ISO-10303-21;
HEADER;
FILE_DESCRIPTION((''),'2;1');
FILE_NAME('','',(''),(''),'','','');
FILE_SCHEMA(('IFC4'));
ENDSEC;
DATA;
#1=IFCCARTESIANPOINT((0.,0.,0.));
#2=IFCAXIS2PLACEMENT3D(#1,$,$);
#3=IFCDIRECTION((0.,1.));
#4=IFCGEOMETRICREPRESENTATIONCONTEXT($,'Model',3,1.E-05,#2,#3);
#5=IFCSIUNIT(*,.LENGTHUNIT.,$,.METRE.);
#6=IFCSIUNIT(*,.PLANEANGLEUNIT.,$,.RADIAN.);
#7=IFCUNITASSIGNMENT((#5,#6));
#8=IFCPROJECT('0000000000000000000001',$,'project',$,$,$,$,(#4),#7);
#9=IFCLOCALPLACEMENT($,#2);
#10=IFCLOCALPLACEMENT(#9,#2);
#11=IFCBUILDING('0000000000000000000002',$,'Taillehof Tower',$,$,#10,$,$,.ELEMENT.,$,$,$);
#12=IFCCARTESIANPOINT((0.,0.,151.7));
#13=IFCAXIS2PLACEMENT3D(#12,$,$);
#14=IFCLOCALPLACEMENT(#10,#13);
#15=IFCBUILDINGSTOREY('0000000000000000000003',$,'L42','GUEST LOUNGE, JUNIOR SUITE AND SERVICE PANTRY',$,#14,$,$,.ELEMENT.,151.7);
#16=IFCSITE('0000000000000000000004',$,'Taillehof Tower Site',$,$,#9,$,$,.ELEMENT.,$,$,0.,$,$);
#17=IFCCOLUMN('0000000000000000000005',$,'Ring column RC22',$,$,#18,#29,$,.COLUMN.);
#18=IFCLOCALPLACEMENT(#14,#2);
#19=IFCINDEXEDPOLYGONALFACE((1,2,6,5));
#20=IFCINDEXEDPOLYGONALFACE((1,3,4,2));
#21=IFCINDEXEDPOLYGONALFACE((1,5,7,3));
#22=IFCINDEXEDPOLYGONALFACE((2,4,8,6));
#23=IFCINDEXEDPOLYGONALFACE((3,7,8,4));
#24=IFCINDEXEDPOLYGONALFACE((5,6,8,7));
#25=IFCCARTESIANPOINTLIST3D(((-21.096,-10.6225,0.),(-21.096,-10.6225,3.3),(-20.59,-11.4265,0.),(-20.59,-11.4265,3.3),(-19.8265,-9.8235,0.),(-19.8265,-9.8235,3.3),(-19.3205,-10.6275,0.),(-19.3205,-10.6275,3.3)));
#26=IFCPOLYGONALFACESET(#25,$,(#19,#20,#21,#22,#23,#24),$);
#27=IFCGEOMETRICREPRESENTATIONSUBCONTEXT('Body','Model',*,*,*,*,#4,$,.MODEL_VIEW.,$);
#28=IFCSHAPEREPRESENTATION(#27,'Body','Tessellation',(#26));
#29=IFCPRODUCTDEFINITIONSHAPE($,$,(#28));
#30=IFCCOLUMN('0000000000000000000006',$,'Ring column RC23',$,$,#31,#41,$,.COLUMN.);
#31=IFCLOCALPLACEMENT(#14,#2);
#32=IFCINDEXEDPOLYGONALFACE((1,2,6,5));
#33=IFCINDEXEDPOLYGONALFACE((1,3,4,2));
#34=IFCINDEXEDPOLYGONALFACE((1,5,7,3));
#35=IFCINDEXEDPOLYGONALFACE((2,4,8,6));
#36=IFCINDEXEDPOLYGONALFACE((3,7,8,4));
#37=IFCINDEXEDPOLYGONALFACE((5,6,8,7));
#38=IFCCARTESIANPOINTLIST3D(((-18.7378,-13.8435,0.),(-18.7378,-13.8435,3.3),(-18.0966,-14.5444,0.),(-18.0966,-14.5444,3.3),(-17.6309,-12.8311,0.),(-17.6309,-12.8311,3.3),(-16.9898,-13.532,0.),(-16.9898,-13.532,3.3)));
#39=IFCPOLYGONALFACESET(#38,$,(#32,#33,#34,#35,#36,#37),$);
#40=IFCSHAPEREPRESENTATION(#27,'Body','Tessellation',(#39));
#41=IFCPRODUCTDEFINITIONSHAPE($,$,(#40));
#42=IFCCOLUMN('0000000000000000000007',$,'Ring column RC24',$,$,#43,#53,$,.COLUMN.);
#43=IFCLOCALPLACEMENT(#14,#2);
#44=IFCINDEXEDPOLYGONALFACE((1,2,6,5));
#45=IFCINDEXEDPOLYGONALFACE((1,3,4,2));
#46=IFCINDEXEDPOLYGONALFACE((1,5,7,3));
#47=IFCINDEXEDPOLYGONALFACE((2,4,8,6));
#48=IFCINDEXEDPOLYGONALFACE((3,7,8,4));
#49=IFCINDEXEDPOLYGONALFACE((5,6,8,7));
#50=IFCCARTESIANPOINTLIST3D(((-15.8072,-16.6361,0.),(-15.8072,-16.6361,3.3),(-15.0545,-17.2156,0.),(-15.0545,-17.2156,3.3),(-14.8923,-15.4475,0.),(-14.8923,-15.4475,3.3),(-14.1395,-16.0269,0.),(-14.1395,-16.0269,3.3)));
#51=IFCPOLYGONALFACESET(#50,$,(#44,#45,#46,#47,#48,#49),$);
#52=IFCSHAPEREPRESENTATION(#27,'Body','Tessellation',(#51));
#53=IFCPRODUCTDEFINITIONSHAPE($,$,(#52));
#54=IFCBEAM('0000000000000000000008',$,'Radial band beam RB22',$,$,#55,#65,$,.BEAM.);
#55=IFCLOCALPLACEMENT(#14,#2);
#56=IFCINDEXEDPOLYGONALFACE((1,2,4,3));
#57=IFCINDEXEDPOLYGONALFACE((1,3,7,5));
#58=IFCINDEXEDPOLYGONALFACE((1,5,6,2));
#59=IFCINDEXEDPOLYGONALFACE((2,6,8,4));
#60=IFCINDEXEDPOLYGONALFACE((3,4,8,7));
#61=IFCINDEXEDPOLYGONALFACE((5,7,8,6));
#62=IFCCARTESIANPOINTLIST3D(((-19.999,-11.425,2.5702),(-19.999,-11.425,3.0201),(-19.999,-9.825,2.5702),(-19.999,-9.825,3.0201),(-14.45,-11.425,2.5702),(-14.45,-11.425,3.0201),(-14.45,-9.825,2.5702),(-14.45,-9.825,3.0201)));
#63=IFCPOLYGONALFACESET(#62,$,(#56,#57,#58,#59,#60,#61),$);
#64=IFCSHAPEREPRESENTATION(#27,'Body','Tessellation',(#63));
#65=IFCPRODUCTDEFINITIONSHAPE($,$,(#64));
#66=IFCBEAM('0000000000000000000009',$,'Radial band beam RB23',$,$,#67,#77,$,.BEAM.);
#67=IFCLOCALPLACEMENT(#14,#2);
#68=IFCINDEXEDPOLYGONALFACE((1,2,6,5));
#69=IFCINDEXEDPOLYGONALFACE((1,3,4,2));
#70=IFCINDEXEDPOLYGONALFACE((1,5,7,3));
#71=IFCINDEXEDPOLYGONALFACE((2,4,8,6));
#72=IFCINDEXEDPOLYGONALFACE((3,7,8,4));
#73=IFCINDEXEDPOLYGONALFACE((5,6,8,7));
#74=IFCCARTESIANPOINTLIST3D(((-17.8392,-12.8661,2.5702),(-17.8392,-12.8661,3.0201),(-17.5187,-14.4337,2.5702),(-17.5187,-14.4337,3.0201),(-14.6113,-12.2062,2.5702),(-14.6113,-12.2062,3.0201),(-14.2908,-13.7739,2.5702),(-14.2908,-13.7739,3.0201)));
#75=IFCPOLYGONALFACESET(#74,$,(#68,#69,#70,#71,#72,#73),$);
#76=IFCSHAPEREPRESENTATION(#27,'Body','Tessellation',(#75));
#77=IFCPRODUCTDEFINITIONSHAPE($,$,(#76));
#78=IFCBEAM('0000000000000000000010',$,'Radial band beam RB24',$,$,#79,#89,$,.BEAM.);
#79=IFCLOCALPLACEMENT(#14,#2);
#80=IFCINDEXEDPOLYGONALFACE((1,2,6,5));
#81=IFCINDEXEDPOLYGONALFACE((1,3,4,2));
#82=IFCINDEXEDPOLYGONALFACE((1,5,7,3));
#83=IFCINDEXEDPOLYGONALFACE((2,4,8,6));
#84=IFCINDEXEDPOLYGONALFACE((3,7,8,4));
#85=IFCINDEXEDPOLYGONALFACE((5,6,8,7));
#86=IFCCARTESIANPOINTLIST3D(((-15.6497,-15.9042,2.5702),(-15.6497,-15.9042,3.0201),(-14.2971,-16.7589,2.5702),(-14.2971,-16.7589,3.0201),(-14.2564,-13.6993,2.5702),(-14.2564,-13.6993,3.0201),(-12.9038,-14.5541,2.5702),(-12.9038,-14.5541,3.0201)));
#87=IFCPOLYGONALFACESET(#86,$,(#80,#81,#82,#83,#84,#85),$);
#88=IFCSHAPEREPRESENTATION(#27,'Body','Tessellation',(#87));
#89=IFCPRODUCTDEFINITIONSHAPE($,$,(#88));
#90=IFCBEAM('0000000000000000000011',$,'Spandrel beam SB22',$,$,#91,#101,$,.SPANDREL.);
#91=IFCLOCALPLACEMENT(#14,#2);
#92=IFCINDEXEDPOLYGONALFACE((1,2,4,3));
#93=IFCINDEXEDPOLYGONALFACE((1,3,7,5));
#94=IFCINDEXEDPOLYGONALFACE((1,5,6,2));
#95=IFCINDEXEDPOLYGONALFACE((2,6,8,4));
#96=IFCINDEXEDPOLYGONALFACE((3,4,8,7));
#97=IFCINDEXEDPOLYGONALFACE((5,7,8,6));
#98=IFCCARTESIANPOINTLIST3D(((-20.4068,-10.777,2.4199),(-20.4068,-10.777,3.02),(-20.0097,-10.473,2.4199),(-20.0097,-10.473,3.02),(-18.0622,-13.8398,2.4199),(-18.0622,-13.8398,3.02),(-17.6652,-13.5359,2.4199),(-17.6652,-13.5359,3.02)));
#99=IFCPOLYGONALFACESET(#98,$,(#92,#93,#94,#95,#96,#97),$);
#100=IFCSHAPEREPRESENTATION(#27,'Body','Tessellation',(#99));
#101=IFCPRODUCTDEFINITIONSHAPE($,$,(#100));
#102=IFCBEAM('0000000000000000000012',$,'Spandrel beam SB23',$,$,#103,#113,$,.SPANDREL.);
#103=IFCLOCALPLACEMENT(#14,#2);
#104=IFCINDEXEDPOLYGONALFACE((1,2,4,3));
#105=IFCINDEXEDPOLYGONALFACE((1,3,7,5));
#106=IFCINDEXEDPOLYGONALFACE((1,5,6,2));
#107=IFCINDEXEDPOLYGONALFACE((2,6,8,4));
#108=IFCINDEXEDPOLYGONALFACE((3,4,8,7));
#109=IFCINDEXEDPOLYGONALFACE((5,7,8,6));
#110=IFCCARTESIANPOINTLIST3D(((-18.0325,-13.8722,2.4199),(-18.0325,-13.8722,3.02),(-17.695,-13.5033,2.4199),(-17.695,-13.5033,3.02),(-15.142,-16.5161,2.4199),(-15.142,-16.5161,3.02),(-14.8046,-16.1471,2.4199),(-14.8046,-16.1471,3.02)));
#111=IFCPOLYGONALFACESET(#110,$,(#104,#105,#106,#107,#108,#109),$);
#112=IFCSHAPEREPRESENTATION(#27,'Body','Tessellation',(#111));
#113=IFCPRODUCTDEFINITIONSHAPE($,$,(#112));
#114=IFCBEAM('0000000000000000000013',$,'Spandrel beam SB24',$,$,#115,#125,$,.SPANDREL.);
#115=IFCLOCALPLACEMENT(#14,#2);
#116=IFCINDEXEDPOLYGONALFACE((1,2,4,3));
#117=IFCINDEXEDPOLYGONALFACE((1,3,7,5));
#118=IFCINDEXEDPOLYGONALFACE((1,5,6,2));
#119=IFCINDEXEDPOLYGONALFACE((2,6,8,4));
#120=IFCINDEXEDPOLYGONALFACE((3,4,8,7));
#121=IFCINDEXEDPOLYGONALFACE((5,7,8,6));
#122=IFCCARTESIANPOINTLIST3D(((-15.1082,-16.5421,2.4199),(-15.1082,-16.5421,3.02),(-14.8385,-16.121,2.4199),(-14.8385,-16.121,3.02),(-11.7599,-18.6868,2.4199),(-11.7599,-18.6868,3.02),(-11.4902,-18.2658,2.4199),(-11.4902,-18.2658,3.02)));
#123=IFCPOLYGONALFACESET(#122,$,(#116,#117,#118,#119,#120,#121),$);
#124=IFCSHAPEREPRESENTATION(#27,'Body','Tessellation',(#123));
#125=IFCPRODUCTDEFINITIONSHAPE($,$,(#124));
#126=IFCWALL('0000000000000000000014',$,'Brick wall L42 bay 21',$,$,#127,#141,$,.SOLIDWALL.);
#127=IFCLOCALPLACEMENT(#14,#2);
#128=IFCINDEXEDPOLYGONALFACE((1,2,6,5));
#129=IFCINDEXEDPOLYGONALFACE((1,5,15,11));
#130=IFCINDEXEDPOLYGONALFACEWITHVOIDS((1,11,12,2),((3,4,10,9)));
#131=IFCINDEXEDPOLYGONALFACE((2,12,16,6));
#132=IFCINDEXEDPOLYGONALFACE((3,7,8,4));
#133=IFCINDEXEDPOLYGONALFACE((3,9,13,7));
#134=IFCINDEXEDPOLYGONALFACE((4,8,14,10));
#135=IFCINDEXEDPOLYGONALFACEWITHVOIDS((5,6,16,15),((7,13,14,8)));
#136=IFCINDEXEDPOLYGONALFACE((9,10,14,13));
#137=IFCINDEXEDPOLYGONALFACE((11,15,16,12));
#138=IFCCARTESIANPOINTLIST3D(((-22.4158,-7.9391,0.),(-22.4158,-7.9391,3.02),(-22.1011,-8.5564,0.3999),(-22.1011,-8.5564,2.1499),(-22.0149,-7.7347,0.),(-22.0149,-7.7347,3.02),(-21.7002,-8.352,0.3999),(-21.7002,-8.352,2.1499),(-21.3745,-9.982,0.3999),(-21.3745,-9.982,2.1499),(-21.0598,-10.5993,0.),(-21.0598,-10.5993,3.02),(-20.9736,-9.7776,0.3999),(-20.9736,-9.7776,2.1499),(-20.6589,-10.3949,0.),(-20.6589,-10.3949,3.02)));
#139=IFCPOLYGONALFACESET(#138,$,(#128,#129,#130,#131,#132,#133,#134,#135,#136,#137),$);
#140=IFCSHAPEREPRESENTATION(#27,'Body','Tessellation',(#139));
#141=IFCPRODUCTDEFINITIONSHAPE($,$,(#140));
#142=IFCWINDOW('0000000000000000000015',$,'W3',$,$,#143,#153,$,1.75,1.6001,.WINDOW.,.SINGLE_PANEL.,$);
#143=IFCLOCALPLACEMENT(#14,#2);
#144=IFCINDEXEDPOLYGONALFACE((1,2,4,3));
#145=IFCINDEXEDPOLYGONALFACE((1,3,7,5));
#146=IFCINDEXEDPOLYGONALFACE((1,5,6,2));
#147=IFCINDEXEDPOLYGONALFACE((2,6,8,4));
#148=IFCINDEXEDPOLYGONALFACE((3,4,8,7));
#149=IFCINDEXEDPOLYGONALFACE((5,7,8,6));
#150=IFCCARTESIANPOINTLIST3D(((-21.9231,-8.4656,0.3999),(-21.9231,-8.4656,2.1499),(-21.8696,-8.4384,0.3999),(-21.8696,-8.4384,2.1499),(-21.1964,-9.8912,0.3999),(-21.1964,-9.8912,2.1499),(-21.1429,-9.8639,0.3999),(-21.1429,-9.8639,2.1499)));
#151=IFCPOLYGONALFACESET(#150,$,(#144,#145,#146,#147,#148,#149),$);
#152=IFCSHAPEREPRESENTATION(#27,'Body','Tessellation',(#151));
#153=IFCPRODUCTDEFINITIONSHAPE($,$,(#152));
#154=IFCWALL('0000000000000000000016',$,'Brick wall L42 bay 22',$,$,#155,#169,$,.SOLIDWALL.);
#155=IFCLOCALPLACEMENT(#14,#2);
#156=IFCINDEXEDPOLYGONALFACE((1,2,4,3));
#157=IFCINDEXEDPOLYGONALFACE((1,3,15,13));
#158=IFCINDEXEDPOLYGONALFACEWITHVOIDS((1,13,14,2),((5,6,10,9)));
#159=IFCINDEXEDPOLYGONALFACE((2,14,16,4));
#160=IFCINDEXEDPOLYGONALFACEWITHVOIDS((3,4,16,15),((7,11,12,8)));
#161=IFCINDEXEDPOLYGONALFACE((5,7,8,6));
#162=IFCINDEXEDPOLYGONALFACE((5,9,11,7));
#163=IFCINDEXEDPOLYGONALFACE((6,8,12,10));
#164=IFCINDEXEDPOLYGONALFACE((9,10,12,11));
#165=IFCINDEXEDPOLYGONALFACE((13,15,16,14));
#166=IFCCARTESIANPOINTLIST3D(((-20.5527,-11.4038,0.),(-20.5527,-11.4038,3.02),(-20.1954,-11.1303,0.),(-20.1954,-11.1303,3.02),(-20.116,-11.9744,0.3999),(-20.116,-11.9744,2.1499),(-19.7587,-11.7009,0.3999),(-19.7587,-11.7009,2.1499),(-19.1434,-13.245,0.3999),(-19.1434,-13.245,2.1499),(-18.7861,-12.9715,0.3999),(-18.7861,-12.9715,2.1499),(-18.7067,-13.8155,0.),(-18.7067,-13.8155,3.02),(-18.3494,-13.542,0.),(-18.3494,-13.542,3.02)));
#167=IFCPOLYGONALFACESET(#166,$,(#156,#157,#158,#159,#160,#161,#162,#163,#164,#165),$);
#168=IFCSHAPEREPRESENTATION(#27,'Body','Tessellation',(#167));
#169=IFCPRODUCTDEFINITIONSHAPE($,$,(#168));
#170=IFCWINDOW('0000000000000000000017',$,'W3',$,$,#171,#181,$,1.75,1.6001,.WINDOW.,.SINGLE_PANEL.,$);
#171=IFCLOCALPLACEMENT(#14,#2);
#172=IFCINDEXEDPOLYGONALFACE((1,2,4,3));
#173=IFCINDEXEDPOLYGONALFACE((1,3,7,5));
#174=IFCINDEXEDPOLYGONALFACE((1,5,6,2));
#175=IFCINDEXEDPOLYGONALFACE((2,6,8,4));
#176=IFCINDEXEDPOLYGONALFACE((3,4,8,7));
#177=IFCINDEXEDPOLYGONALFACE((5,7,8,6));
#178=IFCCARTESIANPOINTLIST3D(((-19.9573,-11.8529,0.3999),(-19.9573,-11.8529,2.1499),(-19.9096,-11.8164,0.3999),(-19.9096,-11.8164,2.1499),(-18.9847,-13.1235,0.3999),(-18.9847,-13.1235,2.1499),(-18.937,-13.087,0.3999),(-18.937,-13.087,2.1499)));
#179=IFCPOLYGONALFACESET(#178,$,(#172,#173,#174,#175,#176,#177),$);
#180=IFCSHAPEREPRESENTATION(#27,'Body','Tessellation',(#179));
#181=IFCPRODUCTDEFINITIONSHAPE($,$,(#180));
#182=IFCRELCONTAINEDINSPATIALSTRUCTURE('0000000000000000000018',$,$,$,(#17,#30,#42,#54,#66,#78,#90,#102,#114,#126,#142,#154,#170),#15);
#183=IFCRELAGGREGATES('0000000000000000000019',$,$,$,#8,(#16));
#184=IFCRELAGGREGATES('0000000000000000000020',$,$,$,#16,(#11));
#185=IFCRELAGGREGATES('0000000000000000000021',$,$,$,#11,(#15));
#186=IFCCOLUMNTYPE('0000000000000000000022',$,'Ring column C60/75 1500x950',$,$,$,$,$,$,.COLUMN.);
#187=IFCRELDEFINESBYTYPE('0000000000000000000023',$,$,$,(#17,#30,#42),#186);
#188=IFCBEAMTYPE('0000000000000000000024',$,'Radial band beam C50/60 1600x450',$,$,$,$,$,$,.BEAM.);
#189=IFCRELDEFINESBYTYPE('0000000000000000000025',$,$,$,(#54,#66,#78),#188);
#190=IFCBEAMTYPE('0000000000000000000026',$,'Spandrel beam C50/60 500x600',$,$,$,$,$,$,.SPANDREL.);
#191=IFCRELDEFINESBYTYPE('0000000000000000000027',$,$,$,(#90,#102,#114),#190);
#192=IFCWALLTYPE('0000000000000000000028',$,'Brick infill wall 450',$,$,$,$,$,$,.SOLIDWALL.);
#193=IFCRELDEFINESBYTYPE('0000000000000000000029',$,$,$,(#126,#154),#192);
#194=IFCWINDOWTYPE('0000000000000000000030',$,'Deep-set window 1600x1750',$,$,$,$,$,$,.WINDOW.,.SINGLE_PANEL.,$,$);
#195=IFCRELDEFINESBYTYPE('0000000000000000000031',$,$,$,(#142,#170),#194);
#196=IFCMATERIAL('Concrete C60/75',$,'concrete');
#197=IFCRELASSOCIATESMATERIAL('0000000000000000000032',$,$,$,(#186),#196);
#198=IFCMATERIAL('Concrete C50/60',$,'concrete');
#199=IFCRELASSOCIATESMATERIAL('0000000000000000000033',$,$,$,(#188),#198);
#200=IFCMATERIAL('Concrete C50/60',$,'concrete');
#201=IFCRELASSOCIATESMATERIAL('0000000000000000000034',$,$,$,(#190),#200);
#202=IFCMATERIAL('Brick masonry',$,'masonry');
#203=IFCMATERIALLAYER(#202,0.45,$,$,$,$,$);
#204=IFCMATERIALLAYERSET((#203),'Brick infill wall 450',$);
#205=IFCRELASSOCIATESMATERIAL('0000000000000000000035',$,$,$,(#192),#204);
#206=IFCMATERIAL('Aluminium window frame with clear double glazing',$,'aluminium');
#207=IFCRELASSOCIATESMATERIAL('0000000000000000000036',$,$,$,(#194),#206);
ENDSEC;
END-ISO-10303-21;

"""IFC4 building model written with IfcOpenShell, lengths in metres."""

from ifc_helpers import new_model, si_unit, direction, frame, frame_2d, origin, origin_2d, place, context, subcontext, project, spatial, rectangle, extrude, material, layer, layer_set, material_profile, profile_set, type_object, element, fill, save


model = new_model("IFC4")

# Units and contexts
model_context = context("Model", 3, precision=1e-05, world=origin(), true_north=direction((0.0, 1.0)))
body_context = subcontext(model_context, "Body", "Model", "MODEL_VIEW")
ifc_project = project(units=[si_unit("LENGTHUNIT", "METRE"), si_unit("PLANEANGLEUNIT", "RADIAN")], contexts=[model_context])

# Site, building, storey
site_placement = place(None, origin())
site = spatial("IfcSite", under=ifc_project, at=site_placement, Name="Taillehof Tower Site", CompositionType="ELEMENT", RefElevation=0.0)
building_placement = place(site_placement, origin())
building = spatial("IfcBuilding", under=site, at=building_placement, Name="Taillehof Tower", CompositionType="ELEMENT")
storey_placement = place(building_placement, frame((0.0, 0.0, 151.7)))
storey = spatial("IfcBuildingStorey", under=building, at=storey_placement, Name="L42", Description="GUEST LOUNGE, JUNIOR SUITE AND SERVICE PANTRY", CompositionType="ELEMENT", Elevation=151.7)

# Columns
ifc_material_1 = material(Name="Concrete C60/75", Category="concrete")
ifc_material_profile_1 = material_profile(ifc_material_1, rectangle(XDim=1.5, YDim=0.95, at=origin_2d()), Name="RC 1500x950")
ifc_profile_set_1 = profile_set([ifc_material_profile_1], Name="Concrete C60/75")
column_type = type_object("IfcColumnType", Name="Ring column C60/75 1500x950", PredefinedType="COLUMN", material=ifc_profile_set_1)
for number, where, z_axis, x_axis, name in (
    (1, (-20.2083, -10.625, 0.0), (0.0, 0.0, 1.0), (-0.846334, -0.532652, 0.0), "Ring column RC22"),
    (2, (-17.8638, -13.6877, 0.0), (0.0, 0.0, 1.0), (-0.737879, -0.674933, 0.0), "Ring column RC23"),
    (3, (-14.9734, -16.3315, 0.0), (0.0, 0.0, 1.0), (-0.609971, -0.792424, 0.0), "Ring column RC24"),
):
    element("IfcColumn", number, at=place(storey_placement, frame(where, z_axis=z_axis, x_axis=x_axis)), inside=storey, type_object=column_type, Name=name, PredefinedType="COLUMN", context=body_context, shape_type="SweptSolid", body=[
        extrude(rectangle(XDim=1.5, YDim=0.95, at=origin_2d()), origin(), (0.0, 0.0, 1.0), 3.3),
    ])

# Beams
ifc_material_2 = material(Name="Concrete C50/60", Category="concrete")
ifc_material_profile_2 = material_profile(ifc_material_2, rectangle(XDim=1.6001, YDim=0.45, at=origin_2d()), Name="RC 1600x450")
ifc_profile_set_2 = profile_set([ifc_material_profile_2], Name="Concrete C50/60")
beam_type_1 = type_object("IfcBeamType", Name="Radial band beam C50/60 1600x450", PredefinedType="BEAM", material=ifc_profile_set_2)
beam_1_placement = place(storey_placement, frame((-19.999, -10.625, 2.7952), z_axis=(1.0, 0.0, 0.0), x_axis=(0.0, 1.0, 0.0)))
element("IfcBeam", 4, at=beam_1_placement, inside=storey, type_object=beam_type_1, Name="Radial band beam RB22", PredefinedType="BEAM", context=body_context, shape_type="SweptSolid", body=[
    extrude(rectangle(XDim=1.6001, YDim=0.45, at=origin_2d()), origin(), (0.0, 0.0, 1.0), 5.5491),
])
beam_2_placement = place(storey_placement, frame((-17.679, -13.6499, 2.7952), z_axis=(0.979737, 0.20029, 0.0), x_axis=(-0.20029, 0.979737, 0.0)))
element("IfcBeam", 5, at=beam_2_placement, inside=storey, type_object=beam_type_1, Name="Radial band beam RB23", PredefinedType="BEAM", context=body_context, shape_type="SweptSolid", body=[
    extrude(rectangle(XDim=1.6001, YDim=0.45, at=origin_2d()), origin(), (0.0, 0.0, 1.0), 3.2947),
])
beam_3_placement = place(storey_placement, frame((-14.9734, -16.3315, 2.7952), z_axis=(0.534208, 0.845353, 0.0), x_axis=(-0.845353, 0.534208, 0.0)))
element("IfcBeam", 6, at=beam_3_placement, inside=storey, type_object=beam_type_1, Name="Radial band beam RB24", PredefinedType="BEAM", context=body_context, shape_type="SweptSolid", body=[
    extrude(rectangle(XDim=1.6001, YDim=0.45, at=origin_2d()), origin(), (0.0, 0.0, 1.0), 2.6082),
])
ifc_material_3 = material(Name="Concrete C50/60", Category="concrete")
ifc_material_profile_3 = material_profile(ifc_material_3, rectangle(XDim=0.5, YDim=0.6001, at=origin_2d()), Name="RC 500x600")
ifc_profile_set_3 = profile_set([ifc_material_profile_3], Name="Concrete C50/60")
beam_type_2 = type_object("IfcBeamType", Name="Spandrel beam C50/60 500x600", PredefinedType="SPANDREL", material=ifc_profile_set_3)
beam_4_placement = place(storey_placement, frame((-20.2083, -10.625, 2.72), z_axis=(0.60784, -0.794059, 0.0), x_axis=(0.794059, 0.60784, 0.0)))
element("IfcBeam", 7, at=beam_4_placement, inside=storey, type_object=beam_type_2, Name="Spandrel beam SB22", PredefinedType="SPANDREL", context=body_context, shape_type="SweptSolid", body=[
    extrude(rectangle(XDim=0.5, YDim=0.6001, at=origin_2d()), origin(), (0.0, 0.0, 1.0), 3.8572),
])
beam_5_placement = place(storey_placement, frame((-17.8638, -13.6877, 2.72), z_axis=(0.737881, -0.674931, 0.0), x_axis=(0.674931, 0.737881, 0.0)))
element("IfcBeam", 8, at=beam_5_placement, inside=storey, type_object=beam_type_2, Name="Spandrel beam SB23", PredefinedType="SPANDREL", context=body_context, shape_type="SweptSolid", body=[
    extrude(rectangle(XDim=0.5, YDim=0.6001, at=origin_2d()), origin(), (0.0, 0.0, 1.0), 3.9172),
])
beam_6_placement = place(storey_placement, frame((-14.9734, -16.3315, 2.72), z_axis=(0.842065, -0.539376, 0.0), x_axis=(0.539376, 0.842065, 0.0)))
element("IfcBeam", 9, at=beam_6_placement, inside=storey, type_object=beam_type_2, Name="Spandrel beam SB24", PredefinedType="SPANDREL", context=body_context, shape_type="SweptSolid", body=[
    extrude(rectangle(XDim=0.5, YDim=0.6001, at=origin_2d()), origin(), (0.0, 0.0, 1.0), 3.9763),
])

# Walls, openings, windows
ifc_material_4 = material(Name="Brick masonry", Category="masonry")
ifc_layer_1 = layer(ifc_material_4, 0.45)
ifc_layer_set_1 = layer_set([ifc_layer_1], Name="Brick infill wall 450")
wall_type_1 = type_object("IfcWallType", Name="Brick infill wall 450", PredefinedType="SOLIDWALL", material=ifc_layer_set_1)
wall_1_placement = place(storey_placement, frame((-22.2153, -7.8369, 0.0), z_axis=(0.0, 0.0, 1.0), x_axis=(0.454134, -0.890933, 0.0)))
wall_1 = element("IfcWall", 10, at=wall_1_placement, inside=storey, type_object=wall_type_1, Name="Brick wall L42 bay 21", PredefinedType="SOLIDWALL", context=body_context, shape_type="SweptSolid", body=[
    extrude(rectangle(XDim=2.9858, YDim=0.45, at=frame_2d((1.4929, 0.0))), origin(), (0.0, 0.0, 1.0), 3.02),
])
opening_1_placement = place(wall_1_placement, frame((0.6929, 0.0, 0.3999)))
opening_1 = element("IfcOpeningElement", 11, at=opening_1_placement, cuts=wall_1, PredefinedType="OPENING", context=body_context, shape_type="SweptSolid", body=[
    extrude(rectangle(XDim=1.6001, YDim=1.75, at=frame_2d((0.8, 0.875))), frame((0.0, 0.2349, 0.0), z_axis=(0.0, -1.0, 0.0), x_axis=(1.0, 0.0, 0.0)), (0.0, 0.0, 1.0), 0.47),
])
ifc_material_5 = material(Name="Aluminium window frame with clear double glazing", Category="aluminium")
window_type = type_object("IfcWindowType", Name="Deep-set window 1600x1750", PartitioningType="SINGLE_PANEL", PredefinedType="WINDOW", material=ifc_material_5)
window_1_placement = place(opening_1_placement, origin())
window_1 = element("IfcWindow", 12, at=window_1_placement, inside=storey, type_object=window_type, Name="W3", OverallHeight=1.75, OverallWidth=1.6001, PartitioningType="SINGLE_PANEL", PredefinedType="WINDOW", context=body_context, shape_type="SweptSolid", body=[
    extrude(rectangle(XDim=1.6001, YDim=1.75, at=frame_2d((0.8, 0.875))), frame((0.0, 0.0349, 0.0), z_axis=(0.0, -1.0, 0.0), x_axis=(1.0, 0.0, 0.0)), (0.0, 0.0, 1.0), 0.0601),
])
fill(opening_1, window_1)
wall_2_placement = place(storey_placement, frame((-20.374, -11.2671, 0.0), z_axis=(0.0, 0.0, 1.0), x_axis=(0.607817, -0.794077, 0.0)))
wall_2 = element("IfcWall", 13, at=wall_2_placement, inside=storey, type_object=wall_type_1, Name="Brick wall L42 bay 22", PredefinedType="SOLIDWALL", context=body_context, shape_type="SweptSolid", body=[
    extrude(rectangle(XDim=3.0371, YDim=0.45, at=frame_2d((1.5186, 0.0))), origin(), (0.0, 0.0, 1.0), 3.02),
])
opening_2_placement = place(wall_2_placement, frame((0.7185, 0.0, 0.3999)))
opening_2 = element("IfcOpeningElement", 14, at=opening_2_placement, cuts=wall_2, PredefinedType="OPENING", context=body_context, shape_type="SweptSolid", body=[
    extrude(rectangle(XDim=1.6001, YDim=1.75, at=frame_2d((0.8, 0.875))), frame((0.0, 0.2349, 0.0), z_axis=(0.0, -1.0, 0.0), x_axis=(1.0, 0.0, 0.0)), (0.0, 0.0, 1.0), 0.47),
])
window_2_placement = place(opening_2_placement, origin())
window_2 = element("IfcWindow", 15, at=window_2_placement, inside=storey, type_object=window_type, Name="W3", OverallHeight=1.75, OverallWidth=1.6001, PartitioningType="SINGLE_PANEL", PredefinedType="WINDOW", context=body_context, shape_type="SweptSolid", body=[
    extrude(rectangle(XDim=1.6001, YDim=1.75, at=frame_2d((0.8, 0.875))), frame((0.0, 0.0349, 0.0), z_axis=(0.0, -1.0, 0.0), x_axis=(1.0, 0.0, 0.0)), (0.0, 0.0, 1.0), 0.0601),
])
fill(opening_2, window_2)

save(model, "model.ifc")
